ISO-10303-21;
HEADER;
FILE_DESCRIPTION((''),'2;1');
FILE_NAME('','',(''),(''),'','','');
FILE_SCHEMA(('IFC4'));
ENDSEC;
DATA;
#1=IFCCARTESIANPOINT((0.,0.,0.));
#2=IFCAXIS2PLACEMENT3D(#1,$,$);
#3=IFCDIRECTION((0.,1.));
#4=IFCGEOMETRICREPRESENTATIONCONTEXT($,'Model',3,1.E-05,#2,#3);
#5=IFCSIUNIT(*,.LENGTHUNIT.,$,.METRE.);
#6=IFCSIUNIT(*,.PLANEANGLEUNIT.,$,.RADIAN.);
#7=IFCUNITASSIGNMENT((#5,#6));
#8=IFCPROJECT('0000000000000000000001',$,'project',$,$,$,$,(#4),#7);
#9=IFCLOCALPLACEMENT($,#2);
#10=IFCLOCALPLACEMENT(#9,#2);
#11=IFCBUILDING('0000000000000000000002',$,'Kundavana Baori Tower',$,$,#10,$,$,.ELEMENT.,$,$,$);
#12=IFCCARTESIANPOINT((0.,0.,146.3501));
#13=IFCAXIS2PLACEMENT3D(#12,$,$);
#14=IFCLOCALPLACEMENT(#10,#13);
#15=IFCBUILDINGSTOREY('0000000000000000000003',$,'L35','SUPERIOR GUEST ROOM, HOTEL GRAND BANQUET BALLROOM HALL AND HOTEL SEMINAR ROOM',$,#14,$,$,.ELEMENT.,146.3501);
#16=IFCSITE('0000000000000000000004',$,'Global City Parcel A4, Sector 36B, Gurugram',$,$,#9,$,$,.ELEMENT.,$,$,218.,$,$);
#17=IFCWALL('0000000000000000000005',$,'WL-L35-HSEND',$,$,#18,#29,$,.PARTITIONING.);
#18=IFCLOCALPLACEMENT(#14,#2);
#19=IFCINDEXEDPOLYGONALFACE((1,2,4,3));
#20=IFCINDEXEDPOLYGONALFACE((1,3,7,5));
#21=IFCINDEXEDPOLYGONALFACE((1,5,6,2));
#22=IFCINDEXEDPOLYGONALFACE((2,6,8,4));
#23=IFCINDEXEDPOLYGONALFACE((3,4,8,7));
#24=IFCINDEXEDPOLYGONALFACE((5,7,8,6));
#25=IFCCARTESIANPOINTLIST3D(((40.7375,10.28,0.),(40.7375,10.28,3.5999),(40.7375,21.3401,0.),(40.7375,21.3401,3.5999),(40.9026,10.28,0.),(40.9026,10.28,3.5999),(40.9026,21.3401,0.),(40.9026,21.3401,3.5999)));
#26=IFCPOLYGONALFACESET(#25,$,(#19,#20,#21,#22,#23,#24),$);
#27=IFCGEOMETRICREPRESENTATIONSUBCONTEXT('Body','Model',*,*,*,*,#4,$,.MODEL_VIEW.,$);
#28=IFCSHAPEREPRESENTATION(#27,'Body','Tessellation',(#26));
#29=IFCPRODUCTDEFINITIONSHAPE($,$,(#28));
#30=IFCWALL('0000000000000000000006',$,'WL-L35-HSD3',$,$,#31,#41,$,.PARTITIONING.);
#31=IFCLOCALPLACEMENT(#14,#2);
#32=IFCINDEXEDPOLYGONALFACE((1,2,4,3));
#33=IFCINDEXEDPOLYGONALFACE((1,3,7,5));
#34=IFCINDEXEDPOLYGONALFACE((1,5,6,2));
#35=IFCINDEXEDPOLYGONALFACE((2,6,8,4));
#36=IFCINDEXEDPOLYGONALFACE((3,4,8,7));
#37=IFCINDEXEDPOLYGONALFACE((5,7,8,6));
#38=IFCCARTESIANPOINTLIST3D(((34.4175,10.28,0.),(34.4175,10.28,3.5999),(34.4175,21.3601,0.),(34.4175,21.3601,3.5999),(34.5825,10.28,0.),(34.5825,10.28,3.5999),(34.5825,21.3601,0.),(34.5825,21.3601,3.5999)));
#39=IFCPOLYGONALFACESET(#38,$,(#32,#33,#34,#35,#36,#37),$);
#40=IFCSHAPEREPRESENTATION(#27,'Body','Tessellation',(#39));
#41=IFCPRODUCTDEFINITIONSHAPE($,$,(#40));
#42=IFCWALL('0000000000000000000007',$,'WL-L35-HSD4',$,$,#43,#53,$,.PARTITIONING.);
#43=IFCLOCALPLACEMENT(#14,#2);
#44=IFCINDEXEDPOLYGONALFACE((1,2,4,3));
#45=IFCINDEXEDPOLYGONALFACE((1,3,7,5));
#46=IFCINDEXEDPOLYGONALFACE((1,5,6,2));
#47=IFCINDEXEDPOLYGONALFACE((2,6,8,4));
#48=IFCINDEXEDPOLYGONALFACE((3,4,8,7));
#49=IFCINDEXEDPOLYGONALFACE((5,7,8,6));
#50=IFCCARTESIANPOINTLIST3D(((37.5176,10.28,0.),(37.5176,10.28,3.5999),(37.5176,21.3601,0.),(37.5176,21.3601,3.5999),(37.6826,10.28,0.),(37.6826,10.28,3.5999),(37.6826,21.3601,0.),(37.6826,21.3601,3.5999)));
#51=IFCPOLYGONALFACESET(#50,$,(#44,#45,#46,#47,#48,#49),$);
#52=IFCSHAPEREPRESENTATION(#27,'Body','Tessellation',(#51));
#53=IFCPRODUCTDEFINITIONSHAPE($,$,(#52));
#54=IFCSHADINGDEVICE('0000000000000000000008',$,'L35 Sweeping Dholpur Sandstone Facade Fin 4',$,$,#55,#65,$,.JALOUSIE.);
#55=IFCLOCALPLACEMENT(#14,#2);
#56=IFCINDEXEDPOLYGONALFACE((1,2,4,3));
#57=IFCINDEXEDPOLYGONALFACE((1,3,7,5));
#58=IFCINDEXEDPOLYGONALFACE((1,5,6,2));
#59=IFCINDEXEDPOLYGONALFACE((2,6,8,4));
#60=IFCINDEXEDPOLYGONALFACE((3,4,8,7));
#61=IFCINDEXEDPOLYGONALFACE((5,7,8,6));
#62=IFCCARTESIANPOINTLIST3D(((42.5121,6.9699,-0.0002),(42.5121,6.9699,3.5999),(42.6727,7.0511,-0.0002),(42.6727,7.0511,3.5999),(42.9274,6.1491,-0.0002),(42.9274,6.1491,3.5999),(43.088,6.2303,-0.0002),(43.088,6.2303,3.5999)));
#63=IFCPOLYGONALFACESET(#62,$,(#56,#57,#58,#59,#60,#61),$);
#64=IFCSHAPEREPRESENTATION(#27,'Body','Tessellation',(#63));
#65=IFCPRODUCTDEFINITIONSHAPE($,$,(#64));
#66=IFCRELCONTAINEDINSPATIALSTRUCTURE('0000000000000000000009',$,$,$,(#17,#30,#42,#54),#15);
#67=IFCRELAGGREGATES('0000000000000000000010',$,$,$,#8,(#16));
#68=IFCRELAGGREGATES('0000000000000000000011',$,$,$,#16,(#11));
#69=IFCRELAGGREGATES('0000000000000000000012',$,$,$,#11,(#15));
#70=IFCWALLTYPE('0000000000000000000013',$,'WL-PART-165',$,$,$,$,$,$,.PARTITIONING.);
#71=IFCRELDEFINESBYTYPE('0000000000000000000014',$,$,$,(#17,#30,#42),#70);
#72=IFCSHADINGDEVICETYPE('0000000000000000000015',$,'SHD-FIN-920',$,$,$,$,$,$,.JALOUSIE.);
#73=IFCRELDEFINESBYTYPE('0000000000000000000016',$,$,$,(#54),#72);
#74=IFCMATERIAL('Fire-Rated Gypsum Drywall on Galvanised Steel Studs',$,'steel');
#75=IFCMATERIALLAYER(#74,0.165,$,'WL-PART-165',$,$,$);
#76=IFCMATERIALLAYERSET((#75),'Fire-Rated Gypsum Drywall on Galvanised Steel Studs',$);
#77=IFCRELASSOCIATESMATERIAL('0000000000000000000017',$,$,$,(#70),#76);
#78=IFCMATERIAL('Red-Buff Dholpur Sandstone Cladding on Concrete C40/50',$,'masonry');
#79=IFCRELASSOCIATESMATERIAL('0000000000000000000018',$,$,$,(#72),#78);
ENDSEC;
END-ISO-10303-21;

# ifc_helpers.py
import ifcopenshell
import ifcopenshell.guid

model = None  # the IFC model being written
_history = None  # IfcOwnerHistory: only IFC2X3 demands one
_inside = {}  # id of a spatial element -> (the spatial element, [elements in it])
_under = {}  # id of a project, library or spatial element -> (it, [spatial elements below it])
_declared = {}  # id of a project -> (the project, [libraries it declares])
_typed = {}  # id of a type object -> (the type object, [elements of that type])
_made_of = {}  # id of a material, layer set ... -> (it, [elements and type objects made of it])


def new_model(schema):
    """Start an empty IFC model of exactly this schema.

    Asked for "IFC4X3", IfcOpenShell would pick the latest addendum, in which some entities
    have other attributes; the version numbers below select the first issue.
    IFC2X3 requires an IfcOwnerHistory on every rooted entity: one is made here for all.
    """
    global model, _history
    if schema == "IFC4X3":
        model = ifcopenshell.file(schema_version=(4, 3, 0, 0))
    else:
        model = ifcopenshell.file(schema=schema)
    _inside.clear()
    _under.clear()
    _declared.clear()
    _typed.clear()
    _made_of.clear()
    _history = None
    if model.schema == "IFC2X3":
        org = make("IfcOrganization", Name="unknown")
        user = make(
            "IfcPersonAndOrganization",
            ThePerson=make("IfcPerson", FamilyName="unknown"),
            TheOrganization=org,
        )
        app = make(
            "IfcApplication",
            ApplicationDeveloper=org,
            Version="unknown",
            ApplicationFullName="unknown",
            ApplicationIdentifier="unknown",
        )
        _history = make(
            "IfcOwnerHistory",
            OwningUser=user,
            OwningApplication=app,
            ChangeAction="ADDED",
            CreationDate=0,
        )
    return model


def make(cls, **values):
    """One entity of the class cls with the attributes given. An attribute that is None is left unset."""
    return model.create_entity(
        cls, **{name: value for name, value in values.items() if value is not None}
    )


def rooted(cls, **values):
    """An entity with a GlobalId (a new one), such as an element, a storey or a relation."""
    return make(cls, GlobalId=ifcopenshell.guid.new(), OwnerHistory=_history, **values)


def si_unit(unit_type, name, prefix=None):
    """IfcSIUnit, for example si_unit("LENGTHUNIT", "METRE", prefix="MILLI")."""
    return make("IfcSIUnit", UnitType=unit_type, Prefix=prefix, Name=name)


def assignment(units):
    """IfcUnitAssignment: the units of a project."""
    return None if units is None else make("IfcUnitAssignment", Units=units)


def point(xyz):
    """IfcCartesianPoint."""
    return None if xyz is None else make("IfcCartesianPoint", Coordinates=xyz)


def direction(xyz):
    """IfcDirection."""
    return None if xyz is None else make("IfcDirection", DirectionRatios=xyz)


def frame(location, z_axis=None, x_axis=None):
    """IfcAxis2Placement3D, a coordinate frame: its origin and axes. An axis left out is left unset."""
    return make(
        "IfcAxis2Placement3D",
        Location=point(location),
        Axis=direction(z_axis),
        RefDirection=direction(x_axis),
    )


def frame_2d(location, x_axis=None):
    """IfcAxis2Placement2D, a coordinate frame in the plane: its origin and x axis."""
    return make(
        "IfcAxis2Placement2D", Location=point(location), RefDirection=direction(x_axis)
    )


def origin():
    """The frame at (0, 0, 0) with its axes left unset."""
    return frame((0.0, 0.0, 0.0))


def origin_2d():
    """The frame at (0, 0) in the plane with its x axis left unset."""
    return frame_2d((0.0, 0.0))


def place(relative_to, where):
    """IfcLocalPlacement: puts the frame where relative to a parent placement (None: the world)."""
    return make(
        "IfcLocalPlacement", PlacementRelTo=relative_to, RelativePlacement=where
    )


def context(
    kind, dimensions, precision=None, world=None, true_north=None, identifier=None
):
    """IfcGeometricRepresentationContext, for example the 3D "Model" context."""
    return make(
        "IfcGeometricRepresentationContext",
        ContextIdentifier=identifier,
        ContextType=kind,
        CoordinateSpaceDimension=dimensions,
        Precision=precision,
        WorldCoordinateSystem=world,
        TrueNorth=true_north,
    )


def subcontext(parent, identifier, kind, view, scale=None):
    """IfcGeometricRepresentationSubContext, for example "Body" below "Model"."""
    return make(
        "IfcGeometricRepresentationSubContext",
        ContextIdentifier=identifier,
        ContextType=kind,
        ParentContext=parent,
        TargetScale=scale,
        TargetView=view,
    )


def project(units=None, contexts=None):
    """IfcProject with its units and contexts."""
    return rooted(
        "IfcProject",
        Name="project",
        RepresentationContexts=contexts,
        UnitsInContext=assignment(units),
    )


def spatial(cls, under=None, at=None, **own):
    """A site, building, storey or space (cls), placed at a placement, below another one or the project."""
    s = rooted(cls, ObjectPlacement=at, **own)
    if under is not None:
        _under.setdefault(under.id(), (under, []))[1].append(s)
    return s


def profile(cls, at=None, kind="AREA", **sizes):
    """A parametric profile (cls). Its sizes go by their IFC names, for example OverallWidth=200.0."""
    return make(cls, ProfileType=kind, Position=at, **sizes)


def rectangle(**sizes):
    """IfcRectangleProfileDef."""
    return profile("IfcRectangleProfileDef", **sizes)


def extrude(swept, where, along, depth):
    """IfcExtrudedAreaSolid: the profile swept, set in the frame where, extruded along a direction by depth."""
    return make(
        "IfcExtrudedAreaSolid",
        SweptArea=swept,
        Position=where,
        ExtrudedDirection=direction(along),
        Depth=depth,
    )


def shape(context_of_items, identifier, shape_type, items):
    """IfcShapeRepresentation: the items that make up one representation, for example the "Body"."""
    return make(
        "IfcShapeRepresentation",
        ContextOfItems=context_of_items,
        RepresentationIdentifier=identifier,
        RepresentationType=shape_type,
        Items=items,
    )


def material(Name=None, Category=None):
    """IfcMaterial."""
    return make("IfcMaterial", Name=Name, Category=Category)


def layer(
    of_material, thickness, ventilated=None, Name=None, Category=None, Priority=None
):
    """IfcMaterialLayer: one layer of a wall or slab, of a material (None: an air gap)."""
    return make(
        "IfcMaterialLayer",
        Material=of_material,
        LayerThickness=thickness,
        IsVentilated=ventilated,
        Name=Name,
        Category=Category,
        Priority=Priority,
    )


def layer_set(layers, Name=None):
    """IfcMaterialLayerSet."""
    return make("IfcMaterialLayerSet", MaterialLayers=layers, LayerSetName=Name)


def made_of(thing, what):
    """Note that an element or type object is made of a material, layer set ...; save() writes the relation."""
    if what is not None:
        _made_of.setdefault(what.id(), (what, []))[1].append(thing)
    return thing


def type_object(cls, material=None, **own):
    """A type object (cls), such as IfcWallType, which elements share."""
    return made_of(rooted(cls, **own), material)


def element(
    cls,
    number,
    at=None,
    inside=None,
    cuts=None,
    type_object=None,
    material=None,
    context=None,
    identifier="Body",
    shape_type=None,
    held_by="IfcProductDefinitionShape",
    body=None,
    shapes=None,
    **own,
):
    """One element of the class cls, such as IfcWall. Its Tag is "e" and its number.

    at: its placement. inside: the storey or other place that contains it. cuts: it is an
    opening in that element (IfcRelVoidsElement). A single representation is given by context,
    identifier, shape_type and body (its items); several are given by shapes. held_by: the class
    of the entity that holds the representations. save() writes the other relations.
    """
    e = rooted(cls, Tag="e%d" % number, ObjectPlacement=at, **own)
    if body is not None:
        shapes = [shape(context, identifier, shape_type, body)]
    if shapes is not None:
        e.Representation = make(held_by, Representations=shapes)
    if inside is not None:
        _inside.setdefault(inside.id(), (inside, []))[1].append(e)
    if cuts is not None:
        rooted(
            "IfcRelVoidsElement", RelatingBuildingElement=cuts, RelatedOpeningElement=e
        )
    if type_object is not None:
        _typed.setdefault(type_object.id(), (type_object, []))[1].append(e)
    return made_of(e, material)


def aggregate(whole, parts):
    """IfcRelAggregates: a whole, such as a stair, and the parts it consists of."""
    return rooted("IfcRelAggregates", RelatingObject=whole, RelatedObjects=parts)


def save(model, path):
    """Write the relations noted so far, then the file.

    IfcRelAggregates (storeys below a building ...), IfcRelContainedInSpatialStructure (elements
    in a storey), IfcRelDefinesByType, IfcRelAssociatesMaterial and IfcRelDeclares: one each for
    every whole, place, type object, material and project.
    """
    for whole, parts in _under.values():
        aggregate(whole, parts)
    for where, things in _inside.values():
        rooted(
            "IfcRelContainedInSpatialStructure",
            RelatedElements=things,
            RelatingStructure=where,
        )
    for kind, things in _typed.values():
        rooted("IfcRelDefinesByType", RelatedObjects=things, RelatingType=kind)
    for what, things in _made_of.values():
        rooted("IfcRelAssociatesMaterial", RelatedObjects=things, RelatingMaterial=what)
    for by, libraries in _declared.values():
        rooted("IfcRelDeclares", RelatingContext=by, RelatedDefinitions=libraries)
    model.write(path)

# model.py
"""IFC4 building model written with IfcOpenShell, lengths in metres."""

from ifc_helpers import new_model, si_unit, direction, frame, frame_2d, origin, origin_2d, place, context, subcontext, project, spatial, rectangle, extrude, material, layer, layer_set, type_object, element, save


model = new_model("IFC4")

# Units and contexts
model_context = context("Model", 3, precision=1e-05, world=origin(), true_north=direction((0.0, 1.0)))
body_context = subcontext(model_context, "Body", "Model", "MODEL_VIEW")
ifc_project = project(units=[si_unit("LENGTHUNIT", "METRE"), si_unit("PLANEANGLEUNIT", "RADIAN")], contexts=[model_context])

# Site, building, storey
site_placement = place(None, origin())
site = spatial("IfcSite", under=ifc_project, at=site_placement, Name="Global City Parcel A4, Sector 36B, Gurugram", CompositionType="ELEMENT", RefElevation=218.0)
building_placement = place(site_placement, origin())
building = spatial("IfcBuilding", under=site, at=building_placement, Name="Kundavana Baori Tower", CompositionType="ELEMENT")
storey_placement = place(building_placement, frame((0.0, 0.0, 146.3501)))
storey = spatial("IfcBuildingStorey", under=building, at=storey_placement, Name="L35", Description="SUPERIOR GUEST ROOM, HOTEL GRAND BANQUET BALLROOM HALL AND HOTEL SEMINAR ROOM", CompositionType="ELEMENT", Elevation=146.3501)

# Walls
ifc_material_1 = material(Name="Fire-Rated Gypsum Drywall on Galvanised Steel Studs", Category="steel")
ifc_layer_1 = layer(ifc_material_1, 0.165, Name="WL-PART-165")
ifc_layer_set_1 = layer_set([ifc_layer_1], Name="Fire-Rated Gypsum Drywall on Galvanised Steel Studs")
wall_type_1 = type_object("IfcWallType", Name="WL-PART-165", PredefinedType="PARTITIONING", material=ifc_layer_set_1)
wall_1_placement = place(storey_placement, frame((40.8201, 10.28, 0.0), z_axis=(0.0, 0.0, 1.0), x_axis=(0.0, 1.0, 0.0)))
element("IfcWall", 1, at=wall_1_placement, inside=storey, type_object=wall_type_1, Name="WL-L35-HSEND", PredefinedType="PARTITIONING", context=body_context, shape_type="SweptSolid", body=[
    extrude(rectangle(XDim=11.0601, YDim=0.165, at=frame_2d((5.53, 0.0))), origin(), (0.0, 0.0, 1.0), 3.5999),
])
for number, where, z_axis, x_axis, name in (
    (2, (34.5, 10.28, 0.0), (0.0, 0.0, 1.0), (0.0, 1.0, 0.0), "WL-L35-HSD3"),
    (3, (37.6001, 10.28, 0.0), (0.0, 0.0, 1.0), (0.0, 1.0, 0.0), "WL-L35-HSD4"),
):
    element("IfcWall", number, at=place(storey_placement, frame(where, z_axis=z_axis, x_axis=x_axis)), inside=storey, type_object=wall_type_1, Name=name, PredefinedType="PARTITIONING", context=body_context, shape_type="SweptSolid", body=[
        extrude(rectangle(XDim=11.0801, YDim=0.165, at=frame_2d((5.54, 0.0))), origin(), (0.0, 0.0, 1.0), 3.5999),
    ])

# Shading device
ifc_material_2 = material(Name="Red-Buff Dholpur Sandstone Cladding on Concrete C40/50", Category="masonry")
shading_device_type = type_object("IfcShadingDeviceType", Name="SHD-FIN-920", PredefinedType="JALOUSIE", material=ifc_material_2)
shading_device_placement = place(storey_placement, frame((42.8, 6.6001, -0.0002), z_axis=(0.0, 0.0, 1.0), x_axis=(0.892271, 0.451501, 0.0)))
element("IfcShadingDevice", 4, at=shading_device_placement, inside=storey, type_object=shading_device_type, Name="L35 Sweeping Dholpur Sandstone Facade Fin 4", PredefinedType="JALOUSIE", context=body_context, shape_type="SweptSolid", body=[
    extrude(rectangle(XDim=0.1799, YDim=0.9199, at=origin_2d()), origin(), (0.0, 0.0, 1.0), 3.6001),
])

save(model, "model.ifc")
